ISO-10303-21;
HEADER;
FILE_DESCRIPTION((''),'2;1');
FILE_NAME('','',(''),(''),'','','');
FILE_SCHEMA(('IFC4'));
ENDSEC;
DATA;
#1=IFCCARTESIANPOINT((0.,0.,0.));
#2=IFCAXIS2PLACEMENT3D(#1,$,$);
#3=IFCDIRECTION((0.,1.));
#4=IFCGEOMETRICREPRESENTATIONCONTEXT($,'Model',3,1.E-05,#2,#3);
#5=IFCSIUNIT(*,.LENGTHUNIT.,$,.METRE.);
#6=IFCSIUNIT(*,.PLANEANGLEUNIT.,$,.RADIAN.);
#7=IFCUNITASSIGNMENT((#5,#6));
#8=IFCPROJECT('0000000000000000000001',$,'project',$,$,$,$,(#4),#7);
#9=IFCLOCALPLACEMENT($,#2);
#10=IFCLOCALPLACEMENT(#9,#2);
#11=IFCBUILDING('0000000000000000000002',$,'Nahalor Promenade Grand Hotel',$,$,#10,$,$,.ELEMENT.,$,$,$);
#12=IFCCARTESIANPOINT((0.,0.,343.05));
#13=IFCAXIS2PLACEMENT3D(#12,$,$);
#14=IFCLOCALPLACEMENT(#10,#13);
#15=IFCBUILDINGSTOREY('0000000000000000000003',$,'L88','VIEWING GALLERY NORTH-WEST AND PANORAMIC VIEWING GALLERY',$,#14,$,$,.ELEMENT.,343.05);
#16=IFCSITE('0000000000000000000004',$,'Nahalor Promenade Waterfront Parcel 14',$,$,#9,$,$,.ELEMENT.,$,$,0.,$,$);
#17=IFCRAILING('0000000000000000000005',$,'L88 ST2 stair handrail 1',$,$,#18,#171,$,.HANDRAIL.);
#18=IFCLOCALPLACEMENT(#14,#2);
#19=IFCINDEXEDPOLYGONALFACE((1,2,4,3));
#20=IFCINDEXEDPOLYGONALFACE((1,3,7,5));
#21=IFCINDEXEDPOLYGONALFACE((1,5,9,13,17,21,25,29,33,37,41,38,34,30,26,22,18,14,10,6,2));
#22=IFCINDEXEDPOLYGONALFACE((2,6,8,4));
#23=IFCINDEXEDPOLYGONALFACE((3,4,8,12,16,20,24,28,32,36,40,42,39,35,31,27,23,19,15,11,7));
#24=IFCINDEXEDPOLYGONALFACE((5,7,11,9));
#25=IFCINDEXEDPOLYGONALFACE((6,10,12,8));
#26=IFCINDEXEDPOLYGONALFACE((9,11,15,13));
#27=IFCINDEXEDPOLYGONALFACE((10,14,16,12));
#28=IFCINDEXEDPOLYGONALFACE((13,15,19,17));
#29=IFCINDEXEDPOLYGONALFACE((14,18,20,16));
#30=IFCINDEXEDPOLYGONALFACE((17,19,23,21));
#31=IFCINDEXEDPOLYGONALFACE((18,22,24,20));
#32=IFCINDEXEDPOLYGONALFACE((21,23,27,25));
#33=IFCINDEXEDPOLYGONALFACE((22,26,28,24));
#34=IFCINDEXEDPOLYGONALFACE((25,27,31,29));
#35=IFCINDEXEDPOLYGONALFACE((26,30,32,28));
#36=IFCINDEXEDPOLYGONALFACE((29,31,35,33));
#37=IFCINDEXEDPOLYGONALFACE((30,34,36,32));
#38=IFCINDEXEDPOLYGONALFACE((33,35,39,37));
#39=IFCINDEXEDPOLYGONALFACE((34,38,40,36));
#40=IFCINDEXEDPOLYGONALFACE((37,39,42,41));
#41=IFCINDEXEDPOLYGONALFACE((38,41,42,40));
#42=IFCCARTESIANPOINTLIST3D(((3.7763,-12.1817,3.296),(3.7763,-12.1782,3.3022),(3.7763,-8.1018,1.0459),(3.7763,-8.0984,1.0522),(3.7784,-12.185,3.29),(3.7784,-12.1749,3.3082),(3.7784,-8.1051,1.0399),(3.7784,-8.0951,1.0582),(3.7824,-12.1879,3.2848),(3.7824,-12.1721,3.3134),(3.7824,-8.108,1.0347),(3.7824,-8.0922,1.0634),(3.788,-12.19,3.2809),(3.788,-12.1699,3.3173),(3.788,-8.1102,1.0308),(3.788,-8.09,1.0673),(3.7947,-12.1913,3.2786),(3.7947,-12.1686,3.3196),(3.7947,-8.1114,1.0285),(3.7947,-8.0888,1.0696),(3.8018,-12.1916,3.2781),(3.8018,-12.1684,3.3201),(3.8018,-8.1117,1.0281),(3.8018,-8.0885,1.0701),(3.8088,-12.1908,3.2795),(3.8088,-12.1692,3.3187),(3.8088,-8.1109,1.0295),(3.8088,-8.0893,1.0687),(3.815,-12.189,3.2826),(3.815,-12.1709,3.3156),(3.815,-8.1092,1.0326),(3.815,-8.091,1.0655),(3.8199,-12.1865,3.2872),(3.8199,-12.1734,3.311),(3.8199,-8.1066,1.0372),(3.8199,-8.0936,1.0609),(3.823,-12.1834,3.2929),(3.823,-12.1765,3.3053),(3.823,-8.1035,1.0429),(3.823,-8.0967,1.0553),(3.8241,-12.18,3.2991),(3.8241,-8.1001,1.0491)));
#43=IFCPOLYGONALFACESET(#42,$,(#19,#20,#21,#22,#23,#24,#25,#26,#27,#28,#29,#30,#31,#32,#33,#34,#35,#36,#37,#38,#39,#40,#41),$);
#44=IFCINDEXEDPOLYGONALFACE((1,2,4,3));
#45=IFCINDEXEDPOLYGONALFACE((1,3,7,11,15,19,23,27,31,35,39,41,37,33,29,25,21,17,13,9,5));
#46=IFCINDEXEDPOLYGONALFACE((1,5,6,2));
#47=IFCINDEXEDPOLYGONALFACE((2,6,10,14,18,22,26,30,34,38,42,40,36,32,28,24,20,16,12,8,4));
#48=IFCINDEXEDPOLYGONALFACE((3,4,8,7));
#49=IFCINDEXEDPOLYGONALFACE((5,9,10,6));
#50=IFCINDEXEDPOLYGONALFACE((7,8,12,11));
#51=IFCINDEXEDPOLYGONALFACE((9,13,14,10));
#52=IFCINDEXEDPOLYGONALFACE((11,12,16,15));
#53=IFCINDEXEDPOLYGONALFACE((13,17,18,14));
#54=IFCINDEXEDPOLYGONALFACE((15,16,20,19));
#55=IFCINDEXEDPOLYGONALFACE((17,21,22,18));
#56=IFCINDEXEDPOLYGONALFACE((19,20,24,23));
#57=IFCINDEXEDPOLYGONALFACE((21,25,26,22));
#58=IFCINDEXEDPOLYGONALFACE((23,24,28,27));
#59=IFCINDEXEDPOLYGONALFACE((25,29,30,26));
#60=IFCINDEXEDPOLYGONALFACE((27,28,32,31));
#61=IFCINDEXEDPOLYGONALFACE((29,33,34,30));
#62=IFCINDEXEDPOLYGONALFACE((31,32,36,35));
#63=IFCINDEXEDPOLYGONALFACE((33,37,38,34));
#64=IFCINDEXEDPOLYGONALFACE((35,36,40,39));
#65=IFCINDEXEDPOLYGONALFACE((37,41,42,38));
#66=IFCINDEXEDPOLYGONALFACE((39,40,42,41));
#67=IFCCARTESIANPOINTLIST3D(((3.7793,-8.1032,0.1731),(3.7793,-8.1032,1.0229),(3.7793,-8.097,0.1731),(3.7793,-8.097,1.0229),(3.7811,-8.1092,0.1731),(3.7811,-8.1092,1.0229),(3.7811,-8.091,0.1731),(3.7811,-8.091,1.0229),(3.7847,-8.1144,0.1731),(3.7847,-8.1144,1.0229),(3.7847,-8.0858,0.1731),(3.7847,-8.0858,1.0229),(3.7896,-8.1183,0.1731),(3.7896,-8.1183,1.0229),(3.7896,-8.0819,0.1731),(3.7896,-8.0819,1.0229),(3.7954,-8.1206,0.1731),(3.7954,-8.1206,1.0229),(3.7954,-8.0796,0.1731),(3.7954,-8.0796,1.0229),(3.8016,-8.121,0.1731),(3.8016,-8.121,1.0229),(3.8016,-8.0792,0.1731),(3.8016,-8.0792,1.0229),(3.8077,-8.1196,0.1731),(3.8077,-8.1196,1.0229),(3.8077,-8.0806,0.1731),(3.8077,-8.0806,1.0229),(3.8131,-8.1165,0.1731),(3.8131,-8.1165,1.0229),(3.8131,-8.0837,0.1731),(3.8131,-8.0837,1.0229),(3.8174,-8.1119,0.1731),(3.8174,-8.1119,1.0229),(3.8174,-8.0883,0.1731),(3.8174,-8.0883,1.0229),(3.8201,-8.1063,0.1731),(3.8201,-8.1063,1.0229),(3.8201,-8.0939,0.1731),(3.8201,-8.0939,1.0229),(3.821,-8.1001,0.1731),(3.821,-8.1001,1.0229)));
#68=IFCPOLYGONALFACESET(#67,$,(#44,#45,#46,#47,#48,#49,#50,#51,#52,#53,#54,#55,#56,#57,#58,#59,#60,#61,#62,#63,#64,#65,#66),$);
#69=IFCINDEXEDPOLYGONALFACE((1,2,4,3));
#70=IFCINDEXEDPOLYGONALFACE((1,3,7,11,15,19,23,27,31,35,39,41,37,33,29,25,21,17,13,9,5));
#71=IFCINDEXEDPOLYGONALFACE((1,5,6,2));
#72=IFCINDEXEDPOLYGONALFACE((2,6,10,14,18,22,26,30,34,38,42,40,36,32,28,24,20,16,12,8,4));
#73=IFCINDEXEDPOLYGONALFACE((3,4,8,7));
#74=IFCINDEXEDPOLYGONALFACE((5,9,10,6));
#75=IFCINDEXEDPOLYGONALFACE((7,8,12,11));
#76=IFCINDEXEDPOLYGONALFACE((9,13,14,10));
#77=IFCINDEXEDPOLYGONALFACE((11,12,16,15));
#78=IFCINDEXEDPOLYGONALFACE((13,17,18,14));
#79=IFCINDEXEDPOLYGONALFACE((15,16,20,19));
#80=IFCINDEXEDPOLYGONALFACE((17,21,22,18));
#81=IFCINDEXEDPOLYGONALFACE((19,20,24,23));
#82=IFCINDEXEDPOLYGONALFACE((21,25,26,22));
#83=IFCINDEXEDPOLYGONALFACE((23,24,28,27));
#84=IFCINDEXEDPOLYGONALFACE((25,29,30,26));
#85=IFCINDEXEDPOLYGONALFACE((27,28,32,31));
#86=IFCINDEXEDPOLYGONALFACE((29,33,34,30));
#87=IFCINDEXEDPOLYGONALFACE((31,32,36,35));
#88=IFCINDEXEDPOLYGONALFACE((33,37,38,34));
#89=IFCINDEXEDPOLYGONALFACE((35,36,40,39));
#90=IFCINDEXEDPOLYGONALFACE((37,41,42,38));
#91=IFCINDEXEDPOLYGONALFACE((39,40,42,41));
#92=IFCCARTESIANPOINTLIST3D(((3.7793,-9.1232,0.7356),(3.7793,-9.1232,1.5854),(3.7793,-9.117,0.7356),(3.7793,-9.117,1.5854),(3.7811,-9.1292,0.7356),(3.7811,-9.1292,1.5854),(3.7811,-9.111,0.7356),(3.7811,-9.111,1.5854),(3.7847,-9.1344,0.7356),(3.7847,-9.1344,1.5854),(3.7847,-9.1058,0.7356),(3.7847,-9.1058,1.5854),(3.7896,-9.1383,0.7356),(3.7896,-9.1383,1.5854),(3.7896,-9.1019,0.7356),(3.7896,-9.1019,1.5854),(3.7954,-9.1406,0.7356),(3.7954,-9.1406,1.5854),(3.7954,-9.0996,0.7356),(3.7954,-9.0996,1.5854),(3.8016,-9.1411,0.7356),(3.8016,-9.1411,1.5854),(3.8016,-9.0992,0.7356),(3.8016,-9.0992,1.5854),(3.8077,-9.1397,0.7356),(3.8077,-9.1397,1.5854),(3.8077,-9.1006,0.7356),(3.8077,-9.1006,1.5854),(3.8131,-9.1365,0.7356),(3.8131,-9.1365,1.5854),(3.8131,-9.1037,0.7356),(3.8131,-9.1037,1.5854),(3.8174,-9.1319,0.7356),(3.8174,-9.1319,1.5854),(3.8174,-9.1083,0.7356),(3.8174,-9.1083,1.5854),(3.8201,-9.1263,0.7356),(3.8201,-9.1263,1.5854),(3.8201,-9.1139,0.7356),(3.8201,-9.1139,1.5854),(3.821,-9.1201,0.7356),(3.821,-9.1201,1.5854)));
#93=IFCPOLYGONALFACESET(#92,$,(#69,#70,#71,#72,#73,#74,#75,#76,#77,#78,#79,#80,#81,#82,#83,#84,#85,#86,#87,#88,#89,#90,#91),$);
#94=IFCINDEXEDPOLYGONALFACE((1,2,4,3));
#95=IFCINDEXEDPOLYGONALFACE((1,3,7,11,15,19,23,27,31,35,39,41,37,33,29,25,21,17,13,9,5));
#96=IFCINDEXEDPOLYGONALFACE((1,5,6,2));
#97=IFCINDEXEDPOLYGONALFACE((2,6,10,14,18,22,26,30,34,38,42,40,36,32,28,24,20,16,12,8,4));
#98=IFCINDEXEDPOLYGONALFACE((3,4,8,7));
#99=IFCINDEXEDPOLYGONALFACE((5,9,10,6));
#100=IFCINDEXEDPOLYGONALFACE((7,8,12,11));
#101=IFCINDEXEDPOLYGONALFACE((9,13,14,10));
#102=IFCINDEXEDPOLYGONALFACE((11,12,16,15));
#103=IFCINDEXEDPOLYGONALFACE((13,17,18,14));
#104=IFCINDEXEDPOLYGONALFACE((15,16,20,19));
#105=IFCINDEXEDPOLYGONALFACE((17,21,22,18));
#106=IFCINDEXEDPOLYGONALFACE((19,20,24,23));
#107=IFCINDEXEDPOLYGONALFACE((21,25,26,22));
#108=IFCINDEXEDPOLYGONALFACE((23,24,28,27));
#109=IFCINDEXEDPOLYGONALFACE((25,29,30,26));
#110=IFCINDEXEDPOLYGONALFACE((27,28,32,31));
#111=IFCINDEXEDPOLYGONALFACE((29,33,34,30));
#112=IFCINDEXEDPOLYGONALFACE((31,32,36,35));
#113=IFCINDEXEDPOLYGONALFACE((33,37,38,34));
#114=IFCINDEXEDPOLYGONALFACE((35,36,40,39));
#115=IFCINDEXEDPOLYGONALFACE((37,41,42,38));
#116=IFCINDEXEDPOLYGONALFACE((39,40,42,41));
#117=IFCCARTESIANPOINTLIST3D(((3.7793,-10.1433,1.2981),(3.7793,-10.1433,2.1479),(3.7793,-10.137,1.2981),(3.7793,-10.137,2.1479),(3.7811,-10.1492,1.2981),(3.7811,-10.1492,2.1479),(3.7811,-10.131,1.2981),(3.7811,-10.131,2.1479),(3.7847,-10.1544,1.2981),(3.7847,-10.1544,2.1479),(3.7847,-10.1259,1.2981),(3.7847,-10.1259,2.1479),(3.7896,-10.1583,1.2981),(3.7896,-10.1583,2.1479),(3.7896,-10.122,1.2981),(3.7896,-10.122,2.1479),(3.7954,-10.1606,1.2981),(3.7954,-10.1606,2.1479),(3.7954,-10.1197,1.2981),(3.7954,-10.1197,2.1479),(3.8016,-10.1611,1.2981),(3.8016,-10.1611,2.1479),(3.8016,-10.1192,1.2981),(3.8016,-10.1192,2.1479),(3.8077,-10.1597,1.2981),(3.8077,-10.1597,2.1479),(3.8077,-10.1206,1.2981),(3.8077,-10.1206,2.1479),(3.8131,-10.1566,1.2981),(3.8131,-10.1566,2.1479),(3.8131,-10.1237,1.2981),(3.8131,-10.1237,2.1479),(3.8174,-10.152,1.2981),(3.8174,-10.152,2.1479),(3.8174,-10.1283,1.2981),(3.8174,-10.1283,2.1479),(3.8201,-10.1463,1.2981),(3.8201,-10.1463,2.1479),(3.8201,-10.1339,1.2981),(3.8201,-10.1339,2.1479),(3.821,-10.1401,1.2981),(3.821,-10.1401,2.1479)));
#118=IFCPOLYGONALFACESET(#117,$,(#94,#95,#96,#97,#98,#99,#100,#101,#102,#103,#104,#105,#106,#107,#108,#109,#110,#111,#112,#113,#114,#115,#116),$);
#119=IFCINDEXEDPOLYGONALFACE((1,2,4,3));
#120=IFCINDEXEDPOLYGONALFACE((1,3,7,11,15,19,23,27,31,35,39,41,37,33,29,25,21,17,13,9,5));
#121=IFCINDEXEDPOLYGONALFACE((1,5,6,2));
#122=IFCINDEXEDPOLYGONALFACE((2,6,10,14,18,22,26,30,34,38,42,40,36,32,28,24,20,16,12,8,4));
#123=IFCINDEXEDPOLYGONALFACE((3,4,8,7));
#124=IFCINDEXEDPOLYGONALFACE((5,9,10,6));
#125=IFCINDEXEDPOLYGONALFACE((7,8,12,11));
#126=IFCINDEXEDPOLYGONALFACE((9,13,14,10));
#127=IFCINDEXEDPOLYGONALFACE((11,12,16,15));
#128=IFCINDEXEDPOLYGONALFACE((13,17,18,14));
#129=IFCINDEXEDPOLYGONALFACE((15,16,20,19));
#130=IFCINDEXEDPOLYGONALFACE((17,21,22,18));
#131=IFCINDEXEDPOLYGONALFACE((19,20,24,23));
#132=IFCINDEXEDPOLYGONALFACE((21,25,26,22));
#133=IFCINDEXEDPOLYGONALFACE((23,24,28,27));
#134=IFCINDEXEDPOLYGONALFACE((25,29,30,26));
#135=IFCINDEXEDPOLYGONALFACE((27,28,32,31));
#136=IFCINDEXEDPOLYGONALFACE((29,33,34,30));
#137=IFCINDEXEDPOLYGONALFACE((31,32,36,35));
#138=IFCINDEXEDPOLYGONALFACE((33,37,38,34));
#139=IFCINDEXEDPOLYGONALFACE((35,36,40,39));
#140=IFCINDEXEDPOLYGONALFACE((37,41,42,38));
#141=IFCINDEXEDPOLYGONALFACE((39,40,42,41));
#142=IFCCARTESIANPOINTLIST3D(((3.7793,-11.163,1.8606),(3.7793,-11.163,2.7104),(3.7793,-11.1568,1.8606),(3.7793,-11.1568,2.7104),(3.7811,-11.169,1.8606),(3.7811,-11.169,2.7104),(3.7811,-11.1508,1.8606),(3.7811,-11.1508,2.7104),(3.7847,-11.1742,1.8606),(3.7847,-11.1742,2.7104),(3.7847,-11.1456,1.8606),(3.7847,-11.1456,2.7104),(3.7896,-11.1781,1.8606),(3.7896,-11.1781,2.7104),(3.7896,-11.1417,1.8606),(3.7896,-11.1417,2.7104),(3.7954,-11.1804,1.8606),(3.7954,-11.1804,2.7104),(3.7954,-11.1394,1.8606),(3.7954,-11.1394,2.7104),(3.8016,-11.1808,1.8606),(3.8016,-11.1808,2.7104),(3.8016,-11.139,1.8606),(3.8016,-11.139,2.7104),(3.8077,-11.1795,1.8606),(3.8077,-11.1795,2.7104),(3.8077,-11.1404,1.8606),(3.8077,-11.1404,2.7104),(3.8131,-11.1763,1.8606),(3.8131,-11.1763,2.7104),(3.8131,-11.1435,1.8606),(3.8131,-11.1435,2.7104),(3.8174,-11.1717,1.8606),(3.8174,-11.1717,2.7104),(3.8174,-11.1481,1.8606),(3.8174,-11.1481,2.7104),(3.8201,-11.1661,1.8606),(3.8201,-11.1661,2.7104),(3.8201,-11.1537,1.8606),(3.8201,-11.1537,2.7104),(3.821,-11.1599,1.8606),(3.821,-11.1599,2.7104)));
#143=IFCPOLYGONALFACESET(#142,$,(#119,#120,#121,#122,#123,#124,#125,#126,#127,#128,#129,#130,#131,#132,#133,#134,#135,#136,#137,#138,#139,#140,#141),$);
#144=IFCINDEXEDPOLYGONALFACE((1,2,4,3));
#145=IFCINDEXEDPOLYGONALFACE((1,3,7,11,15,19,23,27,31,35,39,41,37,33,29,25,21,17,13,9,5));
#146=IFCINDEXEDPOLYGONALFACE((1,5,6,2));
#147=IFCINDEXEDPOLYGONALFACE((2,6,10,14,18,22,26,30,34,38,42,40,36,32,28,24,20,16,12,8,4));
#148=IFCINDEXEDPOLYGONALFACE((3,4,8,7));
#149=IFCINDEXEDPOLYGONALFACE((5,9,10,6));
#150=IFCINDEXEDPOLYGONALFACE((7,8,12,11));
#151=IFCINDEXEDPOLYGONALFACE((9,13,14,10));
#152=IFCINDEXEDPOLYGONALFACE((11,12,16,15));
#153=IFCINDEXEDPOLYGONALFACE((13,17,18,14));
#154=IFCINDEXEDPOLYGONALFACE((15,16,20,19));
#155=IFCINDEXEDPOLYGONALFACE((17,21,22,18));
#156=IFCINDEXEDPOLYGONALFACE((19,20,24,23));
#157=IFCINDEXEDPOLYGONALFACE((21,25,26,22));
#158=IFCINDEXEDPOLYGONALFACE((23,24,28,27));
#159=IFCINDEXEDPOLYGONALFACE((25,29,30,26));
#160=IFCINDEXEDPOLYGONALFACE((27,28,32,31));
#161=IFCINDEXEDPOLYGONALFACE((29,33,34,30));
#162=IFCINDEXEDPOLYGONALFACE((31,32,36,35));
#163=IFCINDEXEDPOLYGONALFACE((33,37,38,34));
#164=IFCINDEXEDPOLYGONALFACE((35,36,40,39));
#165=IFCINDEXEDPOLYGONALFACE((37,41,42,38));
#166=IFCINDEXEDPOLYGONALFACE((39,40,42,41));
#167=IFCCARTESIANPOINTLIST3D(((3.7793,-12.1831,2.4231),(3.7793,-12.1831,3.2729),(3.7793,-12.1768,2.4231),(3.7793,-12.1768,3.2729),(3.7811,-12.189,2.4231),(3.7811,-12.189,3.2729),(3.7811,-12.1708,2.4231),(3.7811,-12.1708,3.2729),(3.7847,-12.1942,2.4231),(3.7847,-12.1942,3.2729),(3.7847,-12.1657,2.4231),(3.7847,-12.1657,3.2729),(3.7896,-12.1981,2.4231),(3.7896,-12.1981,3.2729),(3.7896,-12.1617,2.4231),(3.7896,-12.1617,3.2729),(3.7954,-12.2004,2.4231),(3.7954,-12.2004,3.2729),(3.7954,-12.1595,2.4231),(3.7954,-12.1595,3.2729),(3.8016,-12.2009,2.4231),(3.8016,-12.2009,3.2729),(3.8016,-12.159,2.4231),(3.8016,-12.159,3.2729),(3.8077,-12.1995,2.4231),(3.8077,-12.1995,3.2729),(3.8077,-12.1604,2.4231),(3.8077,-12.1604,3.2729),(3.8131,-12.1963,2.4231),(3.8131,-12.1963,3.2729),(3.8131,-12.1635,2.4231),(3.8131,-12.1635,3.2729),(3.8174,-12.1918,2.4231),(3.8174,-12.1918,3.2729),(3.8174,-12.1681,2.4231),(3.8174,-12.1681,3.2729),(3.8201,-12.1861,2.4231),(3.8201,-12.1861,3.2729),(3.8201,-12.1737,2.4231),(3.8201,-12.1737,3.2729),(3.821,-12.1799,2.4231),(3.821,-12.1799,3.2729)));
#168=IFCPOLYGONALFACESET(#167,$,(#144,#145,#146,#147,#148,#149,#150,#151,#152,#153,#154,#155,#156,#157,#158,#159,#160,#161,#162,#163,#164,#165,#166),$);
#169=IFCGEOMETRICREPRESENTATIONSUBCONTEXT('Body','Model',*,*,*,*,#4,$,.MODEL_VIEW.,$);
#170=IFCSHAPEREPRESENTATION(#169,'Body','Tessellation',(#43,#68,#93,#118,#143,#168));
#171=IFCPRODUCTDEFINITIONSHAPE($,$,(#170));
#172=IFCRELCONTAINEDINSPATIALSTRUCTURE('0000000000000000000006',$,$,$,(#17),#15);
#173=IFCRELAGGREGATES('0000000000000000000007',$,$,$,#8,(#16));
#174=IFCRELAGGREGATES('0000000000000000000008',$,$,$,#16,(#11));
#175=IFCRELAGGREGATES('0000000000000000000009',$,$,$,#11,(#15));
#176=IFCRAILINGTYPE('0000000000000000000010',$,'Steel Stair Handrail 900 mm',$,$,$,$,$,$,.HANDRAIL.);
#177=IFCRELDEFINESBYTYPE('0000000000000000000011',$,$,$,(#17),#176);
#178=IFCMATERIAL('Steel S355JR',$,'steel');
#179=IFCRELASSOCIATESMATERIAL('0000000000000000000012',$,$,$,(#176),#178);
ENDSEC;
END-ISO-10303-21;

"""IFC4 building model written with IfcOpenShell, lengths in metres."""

from ifc_helpers import new_model, si_unit, direction, frame, origin, origin_2d, place, context, subcontext, project, spatial, circle, extrude, material, type_object, element, save


model = new_model("IFC4")

# Units and contexts
model_context = context("Model", 3, precision=1e-05, world=origin(), true_north=direction((0.0, 1.0)))
body_context = subcontext(model_context, "Body", "Model", "MODEL_VIEW")
ifc_project = project(units=[si_unit("LENGTHUNIT", "METRE"), si_unit("PLANEANGLEUNIT", "RADIAN")], contexts=[model_context])

# Site, building, storey
site_placement = place(None, origin())
site = spatial("IfcSite", under=ifc_project, at=site_placement, Name="Nahalor Promenade Waterfront Parcel 14", CompositionType="ELEMENT", RefElevation=0.0)
building_placement = place(site_placement, origin())
building = spatial("IfcBuilding", under=site, at=building_placement, Name="Nahalor Promenade Grand Hotel", CompositionType="ELEMENT")
storey_placement = place(building_placement, frame((0.0, 0.0, 343.05)))
storey = spatial("IfcBuildingStorey", under=building, at=storey_placement, Name="L88", Description="VIEWING GALLERY NORTH-WEST AND PANORAMIC VIEWING GALLERY", CompositionType="ELEMENT", Elevation=343.05)

# Shared definitions
ifc_material_1 = material(Name="Steel S355JR", Category="steel")

# Railing
railing_type_1 = type_object("IfcRailingType", Name="Steel Stair Handrail 900 mm", PredefinedType="HANDRAIL", material=ifc_material_1)
railing_1_placement = place(storey_placement, frame((3.8, -8.1001, 0.1731)))
element("IfcRailing", 1, at=railing_1_placement, inside=storey, type_object=railing_type_1, Name="L88 ST2 stair handrail 1", PredefinedType="HANDRAIL", context=body_context, shape_type="SweptSolid", body=[
    extrude(circle(Radius=0.024, at=origin_2d()), frame((0.0, 0.0, 0.876), z_axis=(0.0, -0.875663, 0.482922), x_axis=(1.0, 0.0, 0.0)), (0.0, 0.0, 1.0), 4.6592),
    extrude(circle(Radius=0.021, at=origin_2d()), origin(), (0.0, 0.0, 1.0), 0.8499),
    extrude(circle(Radius=0.021, at=origin_2d()), frame((0.0, -1.02, 0.5625)), (0.0, 0.0, 1.0), 0.8499),
    extrude(circle(Radius=0.021, at=origin_2d()), frame((0.0, -2.04, 1.125)), (0.0, 0.0, 1.0), 0.8499),
    extrude(circle(Radius=0.021, at=origin_2d()), frame((0.0, -3.0598, 1.6875)), (0.0, 0.0, 1.0), 0.8499),
    extrude(circle(Radius=0.021, at=origin_2d()), frame((0.0, -4.0798, 2.25)), (0.0, 0.0, 1.0), 0.8499),
])

save(model, "model.ifc")
